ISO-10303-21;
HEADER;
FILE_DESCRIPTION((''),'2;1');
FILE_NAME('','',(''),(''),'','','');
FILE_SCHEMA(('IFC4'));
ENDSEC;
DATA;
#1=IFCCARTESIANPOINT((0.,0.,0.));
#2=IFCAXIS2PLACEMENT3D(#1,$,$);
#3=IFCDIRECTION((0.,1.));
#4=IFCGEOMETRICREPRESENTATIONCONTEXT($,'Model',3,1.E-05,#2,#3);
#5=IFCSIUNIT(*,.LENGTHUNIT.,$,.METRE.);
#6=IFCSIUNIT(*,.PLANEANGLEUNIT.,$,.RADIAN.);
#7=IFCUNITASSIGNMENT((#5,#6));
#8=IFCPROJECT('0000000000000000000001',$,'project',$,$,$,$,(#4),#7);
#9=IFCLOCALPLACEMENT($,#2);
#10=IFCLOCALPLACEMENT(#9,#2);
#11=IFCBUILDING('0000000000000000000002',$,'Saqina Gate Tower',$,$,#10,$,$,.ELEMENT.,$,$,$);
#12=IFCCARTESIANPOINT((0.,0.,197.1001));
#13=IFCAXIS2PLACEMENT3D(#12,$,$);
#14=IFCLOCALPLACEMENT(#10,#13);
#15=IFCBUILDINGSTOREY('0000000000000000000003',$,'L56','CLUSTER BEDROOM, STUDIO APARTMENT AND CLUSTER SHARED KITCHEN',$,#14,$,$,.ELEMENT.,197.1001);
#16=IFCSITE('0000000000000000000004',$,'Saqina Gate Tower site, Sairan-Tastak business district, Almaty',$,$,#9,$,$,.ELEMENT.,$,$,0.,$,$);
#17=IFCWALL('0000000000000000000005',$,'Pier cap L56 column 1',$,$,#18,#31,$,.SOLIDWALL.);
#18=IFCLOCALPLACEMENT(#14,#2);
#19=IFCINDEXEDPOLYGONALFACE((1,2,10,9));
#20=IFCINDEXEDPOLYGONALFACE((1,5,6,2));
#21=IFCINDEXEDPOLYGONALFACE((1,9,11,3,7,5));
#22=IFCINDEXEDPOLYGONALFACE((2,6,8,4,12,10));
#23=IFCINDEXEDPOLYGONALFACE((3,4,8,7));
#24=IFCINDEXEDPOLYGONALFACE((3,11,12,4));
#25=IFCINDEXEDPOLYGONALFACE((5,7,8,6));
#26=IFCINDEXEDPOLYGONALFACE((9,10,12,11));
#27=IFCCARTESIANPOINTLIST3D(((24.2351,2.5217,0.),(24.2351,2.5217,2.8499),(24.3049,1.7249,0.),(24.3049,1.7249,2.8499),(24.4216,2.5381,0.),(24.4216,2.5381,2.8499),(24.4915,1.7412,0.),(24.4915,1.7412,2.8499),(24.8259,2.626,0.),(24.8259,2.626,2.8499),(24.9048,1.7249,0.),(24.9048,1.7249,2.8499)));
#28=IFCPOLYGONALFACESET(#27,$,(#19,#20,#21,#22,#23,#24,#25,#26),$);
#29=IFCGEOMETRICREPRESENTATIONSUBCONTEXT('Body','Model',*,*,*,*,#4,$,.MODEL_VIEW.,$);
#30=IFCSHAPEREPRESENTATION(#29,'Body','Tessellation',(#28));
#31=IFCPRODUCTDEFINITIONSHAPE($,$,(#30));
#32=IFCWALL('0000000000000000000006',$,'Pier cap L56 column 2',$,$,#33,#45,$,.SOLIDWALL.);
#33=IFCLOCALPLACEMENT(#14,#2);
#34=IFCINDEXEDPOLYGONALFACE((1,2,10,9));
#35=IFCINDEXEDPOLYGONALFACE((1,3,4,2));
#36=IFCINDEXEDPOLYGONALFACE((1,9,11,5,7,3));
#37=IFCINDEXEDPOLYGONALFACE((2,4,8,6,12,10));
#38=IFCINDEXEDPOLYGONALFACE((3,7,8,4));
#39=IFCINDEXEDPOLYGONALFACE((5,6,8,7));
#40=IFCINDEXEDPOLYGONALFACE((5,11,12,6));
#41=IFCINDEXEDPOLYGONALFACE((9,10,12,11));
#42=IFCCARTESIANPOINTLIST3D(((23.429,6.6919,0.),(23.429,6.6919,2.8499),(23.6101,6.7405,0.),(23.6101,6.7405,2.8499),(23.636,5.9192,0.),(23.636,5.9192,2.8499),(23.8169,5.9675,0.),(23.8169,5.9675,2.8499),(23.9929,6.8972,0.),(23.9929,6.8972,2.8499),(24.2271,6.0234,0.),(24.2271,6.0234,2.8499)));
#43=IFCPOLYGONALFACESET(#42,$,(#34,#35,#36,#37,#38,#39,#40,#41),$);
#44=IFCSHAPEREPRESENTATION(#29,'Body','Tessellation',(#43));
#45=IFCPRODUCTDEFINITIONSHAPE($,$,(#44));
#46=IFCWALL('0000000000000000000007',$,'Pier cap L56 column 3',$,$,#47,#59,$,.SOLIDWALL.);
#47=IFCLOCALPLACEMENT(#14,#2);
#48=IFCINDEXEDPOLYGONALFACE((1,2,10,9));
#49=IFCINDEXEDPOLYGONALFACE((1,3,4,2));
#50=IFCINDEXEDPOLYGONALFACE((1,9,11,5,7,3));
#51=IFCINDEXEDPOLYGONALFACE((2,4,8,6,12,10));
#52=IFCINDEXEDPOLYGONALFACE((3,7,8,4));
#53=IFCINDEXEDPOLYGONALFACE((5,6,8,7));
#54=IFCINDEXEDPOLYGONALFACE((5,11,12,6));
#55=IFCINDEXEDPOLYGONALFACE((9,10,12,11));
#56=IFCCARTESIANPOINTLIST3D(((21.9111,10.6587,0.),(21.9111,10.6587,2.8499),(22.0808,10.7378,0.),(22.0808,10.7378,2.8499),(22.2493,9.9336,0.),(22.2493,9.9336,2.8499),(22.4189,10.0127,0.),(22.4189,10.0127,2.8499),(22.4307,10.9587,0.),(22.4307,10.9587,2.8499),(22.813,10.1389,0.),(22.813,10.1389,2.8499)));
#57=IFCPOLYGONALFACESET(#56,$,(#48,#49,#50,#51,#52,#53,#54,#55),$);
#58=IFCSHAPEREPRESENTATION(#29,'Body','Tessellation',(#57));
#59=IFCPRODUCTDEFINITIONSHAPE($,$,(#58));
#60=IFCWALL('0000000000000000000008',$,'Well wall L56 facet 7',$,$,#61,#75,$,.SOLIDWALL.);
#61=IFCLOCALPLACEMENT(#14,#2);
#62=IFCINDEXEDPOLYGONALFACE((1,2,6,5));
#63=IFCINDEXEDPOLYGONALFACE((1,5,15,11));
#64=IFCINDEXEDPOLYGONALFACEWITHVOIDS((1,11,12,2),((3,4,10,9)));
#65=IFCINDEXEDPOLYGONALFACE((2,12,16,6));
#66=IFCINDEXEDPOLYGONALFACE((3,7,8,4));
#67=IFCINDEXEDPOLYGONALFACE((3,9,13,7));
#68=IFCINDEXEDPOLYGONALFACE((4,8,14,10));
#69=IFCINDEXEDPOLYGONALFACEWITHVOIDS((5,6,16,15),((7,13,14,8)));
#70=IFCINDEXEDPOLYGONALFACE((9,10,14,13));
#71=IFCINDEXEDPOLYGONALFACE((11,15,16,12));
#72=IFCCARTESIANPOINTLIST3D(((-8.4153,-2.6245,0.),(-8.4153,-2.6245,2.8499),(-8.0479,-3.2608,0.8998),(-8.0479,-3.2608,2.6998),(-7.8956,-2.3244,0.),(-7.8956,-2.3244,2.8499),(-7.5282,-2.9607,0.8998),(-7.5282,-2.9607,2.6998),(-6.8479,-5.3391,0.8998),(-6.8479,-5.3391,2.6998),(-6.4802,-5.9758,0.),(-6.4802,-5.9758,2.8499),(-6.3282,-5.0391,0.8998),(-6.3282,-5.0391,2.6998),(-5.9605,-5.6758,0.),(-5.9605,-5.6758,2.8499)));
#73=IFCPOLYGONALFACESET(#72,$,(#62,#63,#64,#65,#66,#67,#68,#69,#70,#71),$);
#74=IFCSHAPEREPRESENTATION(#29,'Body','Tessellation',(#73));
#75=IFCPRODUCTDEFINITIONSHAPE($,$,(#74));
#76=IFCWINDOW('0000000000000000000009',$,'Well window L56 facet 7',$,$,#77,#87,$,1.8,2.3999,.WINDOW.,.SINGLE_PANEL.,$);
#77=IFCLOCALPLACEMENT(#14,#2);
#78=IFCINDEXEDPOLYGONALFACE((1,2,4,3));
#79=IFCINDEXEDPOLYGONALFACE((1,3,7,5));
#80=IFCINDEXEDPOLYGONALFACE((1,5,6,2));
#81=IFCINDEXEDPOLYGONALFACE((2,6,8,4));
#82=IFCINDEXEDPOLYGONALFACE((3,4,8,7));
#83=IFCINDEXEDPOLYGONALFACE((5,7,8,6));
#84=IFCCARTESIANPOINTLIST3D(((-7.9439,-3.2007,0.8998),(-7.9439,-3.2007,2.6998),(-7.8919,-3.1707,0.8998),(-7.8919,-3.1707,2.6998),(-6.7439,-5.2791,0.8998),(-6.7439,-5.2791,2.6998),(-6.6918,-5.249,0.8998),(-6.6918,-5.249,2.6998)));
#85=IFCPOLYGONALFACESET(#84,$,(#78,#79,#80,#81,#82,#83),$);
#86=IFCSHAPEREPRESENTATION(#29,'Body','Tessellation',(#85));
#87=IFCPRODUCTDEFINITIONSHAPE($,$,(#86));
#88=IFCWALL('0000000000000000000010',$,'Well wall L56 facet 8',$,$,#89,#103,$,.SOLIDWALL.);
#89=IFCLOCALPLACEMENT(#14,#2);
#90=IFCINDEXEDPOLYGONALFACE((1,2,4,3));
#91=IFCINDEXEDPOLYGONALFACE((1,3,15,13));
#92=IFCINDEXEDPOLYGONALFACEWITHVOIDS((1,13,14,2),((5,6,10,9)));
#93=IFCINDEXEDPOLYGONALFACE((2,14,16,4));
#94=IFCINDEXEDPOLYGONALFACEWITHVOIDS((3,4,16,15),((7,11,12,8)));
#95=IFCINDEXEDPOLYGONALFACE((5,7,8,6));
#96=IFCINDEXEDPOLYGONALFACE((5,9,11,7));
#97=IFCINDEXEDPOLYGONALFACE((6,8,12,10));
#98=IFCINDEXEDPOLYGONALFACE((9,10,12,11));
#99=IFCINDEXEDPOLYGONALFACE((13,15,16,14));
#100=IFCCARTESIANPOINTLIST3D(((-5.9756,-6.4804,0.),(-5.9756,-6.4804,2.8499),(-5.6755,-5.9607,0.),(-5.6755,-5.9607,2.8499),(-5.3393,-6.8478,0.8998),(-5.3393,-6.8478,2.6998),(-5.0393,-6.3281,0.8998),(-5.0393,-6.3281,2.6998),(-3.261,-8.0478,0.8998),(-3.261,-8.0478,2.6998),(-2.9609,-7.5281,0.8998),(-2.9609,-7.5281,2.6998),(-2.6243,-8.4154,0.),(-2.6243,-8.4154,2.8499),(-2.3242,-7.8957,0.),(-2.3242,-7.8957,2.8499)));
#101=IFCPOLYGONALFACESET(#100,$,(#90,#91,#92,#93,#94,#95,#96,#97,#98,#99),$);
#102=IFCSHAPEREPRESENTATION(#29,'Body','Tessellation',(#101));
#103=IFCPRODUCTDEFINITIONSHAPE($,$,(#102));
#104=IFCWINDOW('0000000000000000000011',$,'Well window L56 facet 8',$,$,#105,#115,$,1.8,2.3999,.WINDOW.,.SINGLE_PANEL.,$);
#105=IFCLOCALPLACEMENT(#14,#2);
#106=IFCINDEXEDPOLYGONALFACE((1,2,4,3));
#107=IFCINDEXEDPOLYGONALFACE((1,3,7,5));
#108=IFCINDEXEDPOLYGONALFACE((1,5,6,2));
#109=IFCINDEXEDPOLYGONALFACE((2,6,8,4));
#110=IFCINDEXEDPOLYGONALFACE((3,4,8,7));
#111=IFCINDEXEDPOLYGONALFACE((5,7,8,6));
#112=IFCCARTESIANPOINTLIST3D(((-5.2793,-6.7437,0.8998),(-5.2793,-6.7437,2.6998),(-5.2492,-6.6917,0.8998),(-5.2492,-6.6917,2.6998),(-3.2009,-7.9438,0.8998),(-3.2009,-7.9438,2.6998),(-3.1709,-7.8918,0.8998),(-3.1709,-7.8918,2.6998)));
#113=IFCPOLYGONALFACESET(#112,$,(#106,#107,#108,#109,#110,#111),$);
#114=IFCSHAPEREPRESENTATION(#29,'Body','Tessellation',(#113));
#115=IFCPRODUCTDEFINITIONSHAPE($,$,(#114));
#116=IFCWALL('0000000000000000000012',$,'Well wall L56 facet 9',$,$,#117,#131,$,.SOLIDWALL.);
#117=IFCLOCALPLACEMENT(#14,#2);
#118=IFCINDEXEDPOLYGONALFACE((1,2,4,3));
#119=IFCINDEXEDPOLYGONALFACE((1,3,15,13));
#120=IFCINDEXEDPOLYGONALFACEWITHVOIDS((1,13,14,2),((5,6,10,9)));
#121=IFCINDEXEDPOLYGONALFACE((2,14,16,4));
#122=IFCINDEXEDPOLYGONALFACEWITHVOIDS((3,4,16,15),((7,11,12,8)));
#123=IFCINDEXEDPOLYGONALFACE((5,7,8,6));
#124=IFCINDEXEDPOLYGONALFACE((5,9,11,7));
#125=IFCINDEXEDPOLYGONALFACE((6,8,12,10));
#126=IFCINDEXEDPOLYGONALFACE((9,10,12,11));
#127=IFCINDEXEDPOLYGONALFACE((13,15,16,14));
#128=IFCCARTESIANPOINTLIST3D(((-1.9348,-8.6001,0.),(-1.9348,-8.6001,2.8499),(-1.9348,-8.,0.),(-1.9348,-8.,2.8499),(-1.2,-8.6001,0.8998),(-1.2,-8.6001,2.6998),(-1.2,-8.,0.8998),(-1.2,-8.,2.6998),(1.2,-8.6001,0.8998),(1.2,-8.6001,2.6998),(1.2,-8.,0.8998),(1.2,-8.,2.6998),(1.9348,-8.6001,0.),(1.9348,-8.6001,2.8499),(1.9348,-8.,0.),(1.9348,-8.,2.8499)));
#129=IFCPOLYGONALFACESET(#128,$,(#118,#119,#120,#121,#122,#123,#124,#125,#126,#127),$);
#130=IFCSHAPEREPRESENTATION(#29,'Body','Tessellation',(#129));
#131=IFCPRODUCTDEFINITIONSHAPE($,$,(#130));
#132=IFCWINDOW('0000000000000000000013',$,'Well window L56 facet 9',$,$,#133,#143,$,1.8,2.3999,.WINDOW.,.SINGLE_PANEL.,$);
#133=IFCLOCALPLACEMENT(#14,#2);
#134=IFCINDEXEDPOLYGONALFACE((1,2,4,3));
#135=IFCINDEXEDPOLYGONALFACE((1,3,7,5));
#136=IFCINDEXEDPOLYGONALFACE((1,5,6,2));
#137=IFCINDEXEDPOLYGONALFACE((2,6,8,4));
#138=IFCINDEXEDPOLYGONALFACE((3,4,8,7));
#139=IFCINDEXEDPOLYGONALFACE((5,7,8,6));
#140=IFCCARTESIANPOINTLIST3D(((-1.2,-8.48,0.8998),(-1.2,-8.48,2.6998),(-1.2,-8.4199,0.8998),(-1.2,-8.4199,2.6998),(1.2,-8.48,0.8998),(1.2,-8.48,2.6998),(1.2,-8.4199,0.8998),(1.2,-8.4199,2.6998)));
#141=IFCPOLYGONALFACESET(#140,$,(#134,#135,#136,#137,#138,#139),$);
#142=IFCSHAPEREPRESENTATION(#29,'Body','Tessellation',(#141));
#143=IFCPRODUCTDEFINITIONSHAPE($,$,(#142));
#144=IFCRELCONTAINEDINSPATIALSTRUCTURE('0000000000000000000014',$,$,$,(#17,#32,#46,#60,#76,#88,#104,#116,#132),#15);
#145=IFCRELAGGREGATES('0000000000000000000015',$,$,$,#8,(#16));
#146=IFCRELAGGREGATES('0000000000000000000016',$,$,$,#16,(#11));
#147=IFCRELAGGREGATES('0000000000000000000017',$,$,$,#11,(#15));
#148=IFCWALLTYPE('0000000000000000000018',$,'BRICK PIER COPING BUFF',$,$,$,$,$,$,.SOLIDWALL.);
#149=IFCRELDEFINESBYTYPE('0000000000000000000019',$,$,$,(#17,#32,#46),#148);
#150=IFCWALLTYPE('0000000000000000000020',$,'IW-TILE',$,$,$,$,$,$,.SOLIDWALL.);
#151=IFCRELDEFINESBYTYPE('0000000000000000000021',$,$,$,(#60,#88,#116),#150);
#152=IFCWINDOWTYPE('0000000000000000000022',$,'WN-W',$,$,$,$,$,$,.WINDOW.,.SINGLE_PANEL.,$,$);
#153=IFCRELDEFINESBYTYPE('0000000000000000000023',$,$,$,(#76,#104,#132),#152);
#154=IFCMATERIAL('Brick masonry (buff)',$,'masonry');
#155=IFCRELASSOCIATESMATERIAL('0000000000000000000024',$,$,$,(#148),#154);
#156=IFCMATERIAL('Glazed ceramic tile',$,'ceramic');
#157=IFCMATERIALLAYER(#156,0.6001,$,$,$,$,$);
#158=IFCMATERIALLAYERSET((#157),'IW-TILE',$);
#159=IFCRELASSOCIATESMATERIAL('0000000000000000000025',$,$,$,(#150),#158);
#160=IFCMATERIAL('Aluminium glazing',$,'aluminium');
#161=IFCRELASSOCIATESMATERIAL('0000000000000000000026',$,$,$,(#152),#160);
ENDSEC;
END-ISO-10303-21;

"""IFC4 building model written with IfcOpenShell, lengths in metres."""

from ifc_helpers import new_model, si_unit, direction, frame, frame_2d, origin, place, context, subcontext, project, spatial, polyline, rectangle, outline, extrude, material, layer, layer_set, type_object, element, fill, save


model = new_model("IFC4")

# Units and contexts
model_context = context("Model", 3, precision=1e-05, world=origin(), true_north=direction((0.0, 1.0)))
body_context = subcontext(model_context, "Body", "Model", "MODEL_VIEW")
ifc_project = project(units=[si_unit("LENGTHUNIT", "METRE"), si_unit("PLANEANGLEUNIT", "RADIAN")], contexts=[model_context])

# Site, building, storey
site_placement = place(None, origin())
site = spatial("IfcSite", under=ifc_project, at=site_placement, Name="Saqina Gate Tower site, Sairan-Tastak business district, Almaty", CompositionType="ELEMENT", RefElevation=0.0)
building_placement = place(site_placement, origin())
building = spatial("IfcBuilding", under=site, at=building_placement, Name="Saqina Gate Tower", CompositionType="ELEMENT")
storey_placement = place(building_placement, frame((0.0, 0.0, 197.1001)))
storey = spatial("IfcBuildingStorey", under=building, at=storey_placement, Name="L56", Description="CLUSTER BEDROOM, STUDIO APARTMENT AND CLUSTER SHARED KITCHEN", CompositionType="ELEMENT", Elevation=197.1001)

# Walls
ifc_material_1 = material(Name="Brick masonry (buff)", Category="masonry")
wall_type_1 = type_object("IfcWallType", Name="BRICK PIER COPING BUFF", PredefinedType="SOLIDWALL", material=ifc_material_1)
wall_1_placement = place(storey_placement, origin())
element("IfcWall", 1, at=wall_1_placement, inside=storey, type_object=wall_type_1, Name="Pier cap L56 column 1", PredefinedType="SOLIDWALL", context=body_context, shape_type="SweptSolid", body=[
    extrude(outline(polyline([(24.9048, 1.7249), (24.8259, 2.626), (24.2351, 2.5217), (24.4216, 2.5381), (24.4915, 1.7412), (24.3049, 1.7249), (24.9048, 1.7249)])), origin(), (0.0, 0.0, 1.0), 2.8499),
])
wall_2_placement = place(storey_placement, origin())
element("IfcWall", 2, at=wall_2_placement, inside=storey, type_object=wall_type_1, Name="Pier cap L56 column 2", PredefinedType="SOLIDWALL", context=body_context, shape_type="SweptSolid", body=[
    extrude(outline(polyline([(24.2271, 6.0234), (23.9929, 6.8972), (23.429, 6.6919), (23.6101, 6.7405), (23.8169, 5.9675), (23.636, 5.9192), (24.2271, 6.0234)])), origin(), (0.0, 0.0, 1.0), 2.8499),
])
wall_3_placement = place(storey_placement, origin())
element("IfcWall", 3, at=wall_3_placement, inside=storey, type_object=wall_type_1, Name="Pier cap L56 column 3", PredefinedType="SOLIDWALL", context=body_context, shape_type="SweptSolid", body=[
    extrude(outline(polyline([(22.4307, 10.9587), (21.9111, 10.6587), (22.0808, 10.7378), (22.4189, 10.0127), (22.2493, 9.9336), (22.813, 10.1389), (22.4307, 10.9587)])), origin(), (0.0, 0.0, 1.0), 2.8499),
])

# Walls, openings, windows
ifc_material_2 = material(Name="Glazed ceramic tile", Category="ceramic")
ifc_layer_1 = layer(ifc_material_2, 0.6001)
ifc_layer_set_1 = layer_set([ifc_layer_1], Name="IW-TILE")
wall_type_2 = type_object("IfcWallType", Name="IW-TILE", PredefinedType="SOLIDWALL", material=ifc_layer_set_1)
wall_4_placement = place(storey_placement, frame((-8.1555, -2.4744, 0.0), z_axis=(0.0, 0.0, 1.0), x_axis=(0.500034, -0.866006, 0.0)))
wall_4 = element("IfcWall", 4, at=wall_4_placement, inside=storey, type_object=wall_type_2, Name="Well wall L56 facet 7", PredefinedType="SOLIDWALL", context=body_context, shape_type="SweptSolid", body=[
    extrude(rectangle(XDim=3.8699, YDim=0.6001, at=frame_2d((1.9351, 0.0))), origin(), (0.0, 0.0, 1.0), 2.8499),
])
opening_1_placement = place(wall_4_placement, frame((0.7349, 0.0, 0.8999)))
opening_1 = element("IfcOpeningElement", 5, at=opening_1_placement, cuts=wall_4, PredefinedType="OPENING", context=body_context, shape_type="SweptSolid", body=[
    extrude(rectangle(XDim=2.3999, YDim=1.8, at=frame_2d((1.2, 0.8999))), frame((0.0, 0.312, 0.0), z_axis=(0.0, -1.0, 0.0), x_axis=(1.0, 0.0, 0.0)), (0.0, 0.0, 1.0), 0.624),
])
ifc_material_3 = material(Name="Aluminium glazing", Category="aluminium")
window_type = type_object("IfcWindowType", Name="WN-W", PartitioningType="SINGLE_PANEL", PredefinedType="WINDOW", material=ifc_material_3)
window_1_placement = place(opening_1_placement, origin())
window_1 = element("IfcWindow", 6, at=window_1_placement, inside=storey, type_object=window_type, Name="Well window L56 facet 7", OverallHeight=1.8, OverallWidth=2.3999, PartitioningType="SINGLE_PANEL", PredefinedType="WINDOW", context=body_context, shape_type="SweptSolid", body=[
    extrude(rectangle(XDim=2.3999, YDim=1.8, at=frame_2d((1.2, 0.8999))), frame((0.0, -0.1199, 0.0), z_axis=(0.0, -1.0, 0.0), x_axis=(1.0, 0.0, 0.0)), (0.0, 0.0, 1.0), 0.0601),
])
fill(opening_1, window_1)
wall_5_placement = place(storey_placement, frame((-5.8257, -6.2205, 0.0), z_axis=(0.0, 0.0, 1.0), x_axis=(0.866006, -0.500034, 0.0)))
wall_5 = element("IfcWall", 7, at=wall_5_placement, inside=storey, type_object=wall_type_2, Name="Well wall L56 facet 8", PredefinedType="SOLIDWALL", context=body_context, shape_type="SweptSolid", body=[
    extrude(rectangle(XDim=3.8699, YDim=0.6001, at=frame_2d((1.9351, 0.0))), origin(), (0.0, 0.0, 1.0), 2.8499),
])
opening_2_placement = place(wall_5_placement, frame((0.7349, 0.0, 0.8999)))
opening_2 = element("IfcOpeningElement", 8, at=opening_2_placement, cuts=wall_5, PredefinedType="OPENING", context=body_context, shape_type="SweptSolid", body=[
    extrude(rectangle(XDim=2.3999, YDim=1.8, at=frame_2d((1.2, 0.8999))), frame((0.0, 0.312, 0.0), z_axis=(0.0, -1.0, 0.0), x_axis=(1.0, 0.0, 0.0)), (0.0, 0.0, 1.0), 0.624),
])
window_2_placement = place(opening_2_placement, origin())
window_2 = element("IfcWindow", 9, at=window_2_placement, inside=storey, type_object=window_type, Name="Well window L56 facet 8", OverallHeight=1.8, OverallWidth=2.3999, PartitioningType="SINGLE_PANEL", PredefinedType="WINDOW", context=body_context, shape_type="SweptSolid", body=[
    extrude(rectangle(XDim=2.3999, YDim=1.8, at=frame_2d((1.2, 0.8999))), frame((0.0, -0.1199, 0.0), z_axis=(0.0, -1.0, 0.0), x_axis=(1.0, 0.0, 0.0)), (0.0, 0.0, 1.0), 0.0601),
])
fill(opening_2, window_2)
wall_6_placement = place(storey_placement, frame((-1.9348, -8.3, 0.0), z_axis=(0.0, 0.0, 1.0), x_axis=(1.0, 0.0, 0.0)))
wall_6 = element("IfcWall", 10, at=wall_6_placement, inside=storey, type_object=wall_type_2, Name="Well wall L56 facet 9", PredefinedType="SOLIDWALL", context=body_context, shape_type="SweptSolid", body=[
    extrude(rectangle(XDim=3.8696, YDim=0.6001, at=frame_2d((1.9348, 0.0))), origin(), (0.0, 0.0, 1.0), 2.8499),
])
opening_3_placement = place(wall_6_placement, frame((0.7349, 0.0, 0.8999)))
opening_3 = element("IfcOpeningElement", 11, at=opening_3_placement, cuts=wall_6, PredefinedType="OPENING", context=body_context, shape_type="SweptSolid", body=[
    extrude(rectangle(XDim=2.3999, YDim=1.8, at=frame_2d((1.2, 0.8999))), frame((0.0, 0.312, 0.0), z_axis=(0.0, -1.0, 0.0), x_axis=(1.0, 0.0, 0.0)), (0.0, 0.0, 1.0), 0.624),
])
window_3_placement = place(opening_3_placement, origin())
window_3 = element("IfcWindow", 12, at=window_3_placement, inside=storey, type_object=window_type, Name="Well window L56 facet 9", OverallHeight=1.8, OverallWidth=2.3999, PartitioningType="SINGLE_PANEL", PredefinedType="WINDOW", context=body_context, shape_type="SweptSolid", body=[
    extrude(rectangle(XDim=2.3999, YDim=1.8, at=frame_2d((1.2, 0.8999))), frame((0.0, -0.1199, 0.0), z_axis=(0.0, -1.0, 0.0), x_axis=(1.0, 0.0, 0.0)), (0.0, 0.0, 1.0), 0.0601),
])
fill(opening_3, window_3)

save(model, "model.ifc")
